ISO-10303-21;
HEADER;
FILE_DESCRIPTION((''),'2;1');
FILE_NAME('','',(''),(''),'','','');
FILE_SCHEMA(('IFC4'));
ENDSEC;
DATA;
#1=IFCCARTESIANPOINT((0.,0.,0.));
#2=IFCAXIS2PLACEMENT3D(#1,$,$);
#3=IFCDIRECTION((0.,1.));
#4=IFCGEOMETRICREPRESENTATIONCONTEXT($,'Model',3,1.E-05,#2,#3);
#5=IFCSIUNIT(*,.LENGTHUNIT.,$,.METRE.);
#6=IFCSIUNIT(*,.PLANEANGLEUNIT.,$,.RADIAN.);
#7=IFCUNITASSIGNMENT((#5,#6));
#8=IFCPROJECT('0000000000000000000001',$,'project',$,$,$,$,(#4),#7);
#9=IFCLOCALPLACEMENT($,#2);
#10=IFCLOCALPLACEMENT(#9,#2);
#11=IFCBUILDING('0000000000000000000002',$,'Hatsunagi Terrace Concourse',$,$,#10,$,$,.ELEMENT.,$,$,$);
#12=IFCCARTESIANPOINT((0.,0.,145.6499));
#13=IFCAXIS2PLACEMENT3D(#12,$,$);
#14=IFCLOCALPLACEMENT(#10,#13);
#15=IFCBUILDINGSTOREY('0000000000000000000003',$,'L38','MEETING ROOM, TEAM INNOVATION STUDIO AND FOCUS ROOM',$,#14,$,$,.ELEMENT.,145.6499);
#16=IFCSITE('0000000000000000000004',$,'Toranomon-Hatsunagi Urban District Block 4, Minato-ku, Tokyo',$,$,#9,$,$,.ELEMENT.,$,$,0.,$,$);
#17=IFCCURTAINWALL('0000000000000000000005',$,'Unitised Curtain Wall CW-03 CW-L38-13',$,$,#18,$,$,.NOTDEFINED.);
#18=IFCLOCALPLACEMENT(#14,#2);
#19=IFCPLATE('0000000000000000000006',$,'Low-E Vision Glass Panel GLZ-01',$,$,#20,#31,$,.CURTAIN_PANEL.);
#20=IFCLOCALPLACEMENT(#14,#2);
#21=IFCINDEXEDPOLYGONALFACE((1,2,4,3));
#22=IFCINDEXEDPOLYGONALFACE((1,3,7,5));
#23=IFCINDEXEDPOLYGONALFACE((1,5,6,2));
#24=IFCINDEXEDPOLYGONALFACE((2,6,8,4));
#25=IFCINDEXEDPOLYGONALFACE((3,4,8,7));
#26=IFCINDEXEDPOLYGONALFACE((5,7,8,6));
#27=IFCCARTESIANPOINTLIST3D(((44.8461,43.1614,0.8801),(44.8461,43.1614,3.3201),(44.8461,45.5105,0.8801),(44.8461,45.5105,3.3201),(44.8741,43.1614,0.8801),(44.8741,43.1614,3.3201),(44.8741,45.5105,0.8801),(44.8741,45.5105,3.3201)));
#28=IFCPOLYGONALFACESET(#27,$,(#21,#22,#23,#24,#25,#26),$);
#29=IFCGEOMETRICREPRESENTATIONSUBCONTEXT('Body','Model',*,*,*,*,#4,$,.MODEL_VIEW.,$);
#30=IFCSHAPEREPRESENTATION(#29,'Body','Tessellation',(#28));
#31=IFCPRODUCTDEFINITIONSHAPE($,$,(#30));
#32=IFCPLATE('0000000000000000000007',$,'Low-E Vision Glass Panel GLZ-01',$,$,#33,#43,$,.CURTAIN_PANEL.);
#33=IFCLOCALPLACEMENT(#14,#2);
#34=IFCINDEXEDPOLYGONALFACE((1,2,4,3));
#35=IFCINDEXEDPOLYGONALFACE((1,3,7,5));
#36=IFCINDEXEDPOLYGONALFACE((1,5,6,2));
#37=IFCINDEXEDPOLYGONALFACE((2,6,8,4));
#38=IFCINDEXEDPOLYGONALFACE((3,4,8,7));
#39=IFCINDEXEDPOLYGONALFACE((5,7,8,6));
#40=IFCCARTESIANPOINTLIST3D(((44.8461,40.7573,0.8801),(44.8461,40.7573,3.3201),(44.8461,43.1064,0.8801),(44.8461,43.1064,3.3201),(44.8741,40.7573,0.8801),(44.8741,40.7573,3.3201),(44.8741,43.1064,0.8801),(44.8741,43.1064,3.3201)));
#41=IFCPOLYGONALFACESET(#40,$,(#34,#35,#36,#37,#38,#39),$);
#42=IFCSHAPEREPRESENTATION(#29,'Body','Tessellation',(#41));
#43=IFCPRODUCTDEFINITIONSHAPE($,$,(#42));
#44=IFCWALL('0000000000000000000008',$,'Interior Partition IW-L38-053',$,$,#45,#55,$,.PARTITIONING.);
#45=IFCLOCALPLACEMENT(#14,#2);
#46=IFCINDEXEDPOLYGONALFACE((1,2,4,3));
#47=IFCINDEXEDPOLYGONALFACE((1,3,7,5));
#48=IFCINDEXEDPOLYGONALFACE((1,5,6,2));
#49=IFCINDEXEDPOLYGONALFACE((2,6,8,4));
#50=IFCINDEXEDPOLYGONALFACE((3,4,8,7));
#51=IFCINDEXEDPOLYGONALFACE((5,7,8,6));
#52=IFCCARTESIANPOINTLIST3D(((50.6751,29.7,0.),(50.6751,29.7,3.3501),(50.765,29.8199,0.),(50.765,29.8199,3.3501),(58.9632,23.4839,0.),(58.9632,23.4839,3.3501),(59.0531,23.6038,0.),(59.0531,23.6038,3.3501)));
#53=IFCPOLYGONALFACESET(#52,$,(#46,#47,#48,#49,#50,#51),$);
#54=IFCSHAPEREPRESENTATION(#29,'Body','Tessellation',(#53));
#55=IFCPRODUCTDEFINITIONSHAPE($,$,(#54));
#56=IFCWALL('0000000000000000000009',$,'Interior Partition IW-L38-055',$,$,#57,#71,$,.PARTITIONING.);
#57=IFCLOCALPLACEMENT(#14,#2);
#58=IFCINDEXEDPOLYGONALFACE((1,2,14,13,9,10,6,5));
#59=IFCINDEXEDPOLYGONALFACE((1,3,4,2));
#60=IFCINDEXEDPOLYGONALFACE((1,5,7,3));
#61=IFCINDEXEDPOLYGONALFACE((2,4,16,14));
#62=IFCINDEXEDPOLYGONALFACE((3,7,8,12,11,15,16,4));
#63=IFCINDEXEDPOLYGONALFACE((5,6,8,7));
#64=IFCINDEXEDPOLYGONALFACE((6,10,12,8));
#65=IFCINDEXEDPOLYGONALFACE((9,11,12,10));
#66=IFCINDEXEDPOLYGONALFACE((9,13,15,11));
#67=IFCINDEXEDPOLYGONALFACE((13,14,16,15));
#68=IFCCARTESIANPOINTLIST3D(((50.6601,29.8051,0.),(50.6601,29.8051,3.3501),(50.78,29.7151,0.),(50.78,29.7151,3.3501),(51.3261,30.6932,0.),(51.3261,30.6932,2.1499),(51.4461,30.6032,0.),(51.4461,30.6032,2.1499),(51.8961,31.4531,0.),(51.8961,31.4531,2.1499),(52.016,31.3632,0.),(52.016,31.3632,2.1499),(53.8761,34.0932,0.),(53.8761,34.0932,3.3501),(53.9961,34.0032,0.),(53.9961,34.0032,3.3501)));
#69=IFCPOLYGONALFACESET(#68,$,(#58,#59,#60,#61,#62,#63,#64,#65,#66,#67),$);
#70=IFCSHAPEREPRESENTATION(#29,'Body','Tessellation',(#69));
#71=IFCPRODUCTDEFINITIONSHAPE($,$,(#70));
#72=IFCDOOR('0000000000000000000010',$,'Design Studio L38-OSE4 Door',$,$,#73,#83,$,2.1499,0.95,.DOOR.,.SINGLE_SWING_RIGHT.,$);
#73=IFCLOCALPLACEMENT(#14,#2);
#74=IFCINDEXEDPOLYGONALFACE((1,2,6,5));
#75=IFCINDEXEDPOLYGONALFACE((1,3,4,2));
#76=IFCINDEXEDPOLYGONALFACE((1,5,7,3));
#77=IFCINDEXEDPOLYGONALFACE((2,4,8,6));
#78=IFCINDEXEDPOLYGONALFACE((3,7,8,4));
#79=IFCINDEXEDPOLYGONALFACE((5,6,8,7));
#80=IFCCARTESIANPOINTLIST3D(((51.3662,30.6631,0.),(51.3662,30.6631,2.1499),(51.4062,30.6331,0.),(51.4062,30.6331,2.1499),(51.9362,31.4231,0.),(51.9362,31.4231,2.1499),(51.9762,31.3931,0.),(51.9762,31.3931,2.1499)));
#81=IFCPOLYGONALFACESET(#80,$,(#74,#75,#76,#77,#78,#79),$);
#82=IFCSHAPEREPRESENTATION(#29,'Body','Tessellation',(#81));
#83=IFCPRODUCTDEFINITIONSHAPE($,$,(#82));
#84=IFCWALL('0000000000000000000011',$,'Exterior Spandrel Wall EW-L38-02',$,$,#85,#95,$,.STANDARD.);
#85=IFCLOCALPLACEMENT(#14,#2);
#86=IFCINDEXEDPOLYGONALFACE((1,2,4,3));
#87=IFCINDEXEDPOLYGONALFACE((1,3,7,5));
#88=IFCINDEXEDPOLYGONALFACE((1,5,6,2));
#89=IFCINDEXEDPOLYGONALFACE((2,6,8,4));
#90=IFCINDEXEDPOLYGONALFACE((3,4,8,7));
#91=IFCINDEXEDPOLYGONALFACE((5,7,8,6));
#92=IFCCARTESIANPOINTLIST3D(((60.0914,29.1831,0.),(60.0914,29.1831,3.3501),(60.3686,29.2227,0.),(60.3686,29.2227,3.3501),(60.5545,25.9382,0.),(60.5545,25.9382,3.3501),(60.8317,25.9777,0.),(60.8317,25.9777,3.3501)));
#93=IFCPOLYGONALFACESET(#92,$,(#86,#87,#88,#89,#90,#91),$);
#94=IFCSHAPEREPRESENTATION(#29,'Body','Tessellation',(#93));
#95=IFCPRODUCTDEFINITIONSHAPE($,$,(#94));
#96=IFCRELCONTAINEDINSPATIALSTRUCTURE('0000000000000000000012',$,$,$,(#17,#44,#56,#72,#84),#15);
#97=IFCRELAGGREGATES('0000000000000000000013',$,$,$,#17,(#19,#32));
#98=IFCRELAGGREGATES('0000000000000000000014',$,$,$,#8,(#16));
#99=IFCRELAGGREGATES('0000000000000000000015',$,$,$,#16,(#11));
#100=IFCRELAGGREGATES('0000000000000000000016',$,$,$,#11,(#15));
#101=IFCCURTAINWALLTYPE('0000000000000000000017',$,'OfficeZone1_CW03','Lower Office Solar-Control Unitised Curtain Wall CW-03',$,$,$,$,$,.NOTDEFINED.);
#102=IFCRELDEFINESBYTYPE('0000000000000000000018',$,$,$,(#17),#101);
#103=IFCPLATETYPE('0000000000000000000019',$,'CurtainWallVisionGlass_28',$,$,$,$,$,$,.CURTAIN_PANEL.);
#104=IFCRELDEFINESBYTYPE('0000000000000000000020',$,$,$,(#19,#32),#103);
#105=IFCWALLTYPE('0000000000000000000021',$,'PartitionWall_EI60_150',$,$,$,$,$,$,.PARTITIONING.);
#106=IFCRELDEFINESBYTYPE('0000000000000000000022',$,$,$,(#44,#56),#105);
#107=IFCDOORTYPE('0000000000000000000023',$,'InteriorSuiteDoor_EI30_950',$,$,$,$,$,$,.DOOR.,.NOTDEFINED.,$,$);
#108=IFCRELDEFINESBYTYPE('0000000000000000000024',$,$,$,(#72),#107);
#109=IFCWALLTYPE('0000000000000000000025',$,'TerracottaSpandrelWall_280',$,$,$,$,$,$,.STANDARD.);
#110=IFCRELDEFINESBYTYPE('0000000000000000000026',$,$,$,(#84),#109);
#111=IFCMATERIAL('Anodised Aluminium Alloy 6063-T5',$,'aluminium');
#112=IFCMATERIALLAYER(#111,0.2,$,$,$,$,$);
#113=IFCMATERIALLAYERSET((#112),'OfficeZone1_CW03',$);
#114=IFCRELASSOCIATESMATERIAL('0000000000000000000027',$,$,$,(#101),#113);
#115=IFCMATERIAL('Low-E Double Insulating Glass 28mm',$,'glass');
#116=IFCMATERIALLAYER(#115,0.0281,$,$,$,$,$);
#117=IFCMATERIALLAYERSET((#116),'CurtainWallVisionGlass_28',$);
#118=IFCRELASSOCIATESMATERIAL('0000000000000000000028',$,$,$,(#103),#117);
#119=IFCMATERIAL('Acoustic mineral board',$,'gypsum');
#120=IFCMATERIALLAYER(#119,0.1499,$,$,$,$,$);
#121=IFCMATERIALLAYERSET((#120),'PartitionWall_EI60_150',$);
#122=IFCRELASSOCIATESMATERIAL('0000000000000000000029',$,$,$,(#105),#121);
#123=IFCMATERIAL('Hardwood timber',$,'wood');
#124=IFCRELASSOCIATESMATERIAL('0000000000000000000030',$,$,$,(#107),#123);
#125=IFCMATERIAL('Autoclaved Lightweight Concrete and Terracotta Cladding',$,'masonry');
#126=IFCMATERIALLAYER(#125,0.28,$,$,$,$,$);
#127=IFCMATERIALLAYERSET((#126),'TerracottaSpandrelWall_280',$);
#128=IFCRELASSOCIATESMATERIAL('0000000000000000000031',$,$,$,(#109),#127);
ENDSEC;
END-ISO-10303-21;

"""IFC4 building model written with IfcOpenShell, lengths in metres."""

from ifc_helpers import new_model, si_unit, direction, frame, frame_2d, origin, origin_2d, place, context, subcontext, project, spatial, rectangle, extrude, material, layer, layer_set, type_object, element, fill, aggregate, save


model = new_model("IFC4")

# Units and contexts
model_context = context("Model", 3, precision=1e-05, world=origin(), true_north=direction((0.0, 1.0)))
body_context = subcontext(model_context, "Body", "Model", "MODEL_VIEW")
ifc_project = project(units=[si_unit("LENGTHUNIT", "METRE"), si_unit("PLANEANGLEUNIT", "RADIAN")], contexts=[model_context])

# Site, building, storey
site_placement = place(None, origin())
site = spatial("IfcSite", under=ifc_project, at=site_placement, Name="Toranomon-Hatsunagi Urban District Block 4, Minato-ku, Tokyo", CompositionType="ELEMENT", RefElevation=0.0)
building_placement = place(site_placement, origin())
building = spatial("IfcBuilding", under=site, at=building_placement, Name="Hatsunagi Terrace Concourse", CompositionType="ELEMENT")
storey_placement = place(building_placement, frame((0.0, 0.0, 145.6499)))
storey = spatial("IfcBuildingStorey", under=building, at=storey_placement, Name="L38", Description="MEETING ROOM, TEAM INNOVATION STUDIO AND FOCUS ROOM", CompositionType="ELEMENT", Elevation=145.6499)

# Curtain wall
ifc_material_1 = material(Name="Anodised Aluminium Alloy 6063-T5", Category="aluminium")
ifc_layer_1 = layer(ifc_material_1, 0.2)
ifc_layer_set_1 = layer_set([ifc_layer_1], Name="OfficeZone1_CW03")
curtain_wall_type = type_object("IfcCurtainWallType", Name="OfficeZone1_CW03", Description="Lower Office Solar-Control Unitised Curtain Wall CW-03", PredefinedType="NOTDEFINED", material=ifc_layer_set_1)
curtain_wall_placement = place(storey_placement, origin())
curtain_wall = element("IfcCurtainWall", 1, at=curtain_wall_placement, inside=storey, type_object=curtain_wall_type, Name="Unitised Curtain Wall CW-03 CW-L38-13", PredefinedType="NOTDEFINED")

# Plates
ifc_material_2 = material(Name="Low-E Double Insulating Glass 28mm", Category="glass")
ifc_layer_2 = layer(ifc_material_2, 0.0281)
ifc_layer_set_2 = layer_set([ifc_layer_2], Name="CurtainWallVisionGlass_28")
plate_type_1 = type_object("IfcPlateType", Name="CurtainWallVisionGlass_28", PredefinedType="CURTAIN_PANEL", material=ifc_layer_set_2)
plate_1_placement = place(storey_placement, frame((44.8601, 44.3359, 0.8801), z_axis=(0.0, 0.0, 1.0), x_axis=(0.0, -1.0, 0.0)))
plate_1 = element("IfcPlate", 2, at=plate_1_placement, type_object=plate_type_1, Name="Low-E Vision Glass Panel GLZ-01", PredefinedType="CURTAIN_PANEL", context=body_context, shape_type="SweptSolid", body=[
    extrude(rectangle(XDim=2.3491, YDim=0.0281, at=origin_2d()), origin(), (0.0, 0.0, 1.0), 2.4399),
])
plate_2_placement = place(storey_placement, frame((44.8601, 41.9319, 0.8801), z_axis=(0.0, 0.0, 1.0), x_axis=(0.0, -1.0, 0.0)))
plate_2 = element("IfcPlate", 3, at=plate_2_placement, type_object=plate_type_1, Name="Low-E Vision Glass Panel GLZ-01", PredefinedType="CURTAIN_PANEL", context=body_context, shape_type="SweptSolid", body=[
    extrude(rectangle(XDim=2.3491, YDim=0.0281, at=origin_2d()), origin(), (0.0, 0.0, 1.0), 2.4399),
])
aggregate(curtain_wall, [plate_1, plate_2])

# Wall
ifc_material_3 = material(Name="Acoustic mineral board", Category="gypsum")
ifc_layer_3 = layer(ifc_material_3, 0.1499)
ifc_layer_set_3 = layer_set([ifc_layer_3], Name="PartitionWall_EI60_150")
wall_type_1 = type_object("IfcWallType", Name="PartitionWall_EI60_150", PredefinedType="PARTITIONING", material=ifc_layer_set_3)
wall_1_placement = place(storey_placement, frame((50.72, 29.76, 0.0), z_axis=(0.0, 0.0, 1.0), x_axis=(0.8, -0.6, 0.0)))
element("IfcWall", 4, at=wall_1_placement, inside=storey, type_object=wall_type_1, Name="Interior Partition IW-L38-053", PredefinedType="PARTITIONING", context=body_context, shape_type="SweptSolid", body=[
    extrude(rectangle(XDim=10.3601, YDim=0.1499, at=frame_2d((5.1802, 0.0))), origin(), (0.0, 0.0, 1.0), 3.3501),
])

# Wall, opening, door
wall_2_placement = place(storey_placement, frame((50.72, 29.76, 0.0), z_axis=(0.0, 0.0, 1.0), x_axis=(0.6, 0.8, 0.0)))
wall_2 = element("IfcWall", 5, at=wall_2_placement, inside=storey, type_object=wall_type_1, Name="Interior Partition IW-L38-055", PredefinedType="PARTITIONING", context=body_context, shape_type="SweptSolid", body=[
    extrude(rectangle(XDim=5.3601, YDim=0.1499, at=frame_2d((2.6802, 0.0))), origin(), (0.0, 0.0, 1.0), 3.3501),
])
opening_placement = place(wall_2_placement, frame((1.1101, 0.0, 0.0)))
opening = element("IfcOpeningElement", 6, at=opening_placement, cuts=wall_2, PredefinedType="OPENING", context=body_context, shape_type="SweptSolid", body=[
    extrude(rectangle(XDim=0.95, YDim=2.1499, at=frame_2d((0.4751, 1.075))), frame((0.0, 0.085, 0.0), z_axis=(0.0, -1.0, 0.0), x_axis=(1.0, 0.0, 0.0)), (0.0, 0.0, 1.0), 0.1699),
])
ifc_material_4 = material(Name="Hardwood timber", Category="wood")
door_type = type_object("IfcDoorType", Name="InteriorSuiteDoor_EI30_950", OperationType="NOTDEFINED", PredefinedType="DOOR", material=ifc_material_4)
door_placement = place(opening_placement, origin())
door = element("IfcDoor", 7, at=door_placement, inside=storey, type_object=door_type, Name="Design Studio L38-OSE4 Door", OperationType="SINGLE_SWING_RIGHT", OverallHeight=2.1499, OverallWidth=0.95, PredefinedType="DOOR", context=body_context, shape_type="SweptSolid", body=[
    extrude(rectangle(XDim=0.95, YDim=2.1499, at=frame_2d((0.4751, 1.075))), frame((0.0, 0.0249, 0.0), z_axis=(0.0, -1.0, 0.0), x_axis=(1.0, 0.0, 0.0)), (0.0, 0.0, 1.0), 0.05),
])
fill(opening, door)

# Wall
ifc_material_5 = material(Name="Autoclaved Lightweight Concrete and Terracotta Cladding", Category="masonry")
ifc_layer_4 = layer(ifc_material_5, 0.28)
ifc_layer_set_4 = layer_set([ifc_layer_4], Name="TerracottaSpandrelWall_280")
wall_type_2 = type_object("IfcWallType", Name="TerracottaSpandrelWall_280", PredefinedType="STANDARD", material=ifc_layer_set_4)
wall_3_placement = place(storey_placement, frame((60.23, 29.2029, 0.0), z_axis=(0.0, 0.0, 1.0), x_axis=(0.141296, -0.989967, 0.0)))
element("IfcWall", 8, at=wall_3_placement, inside=storey, type_object=wall_type_2, Name="Exterior Spandrel Wall EW-L38-02", PredefinedType="STANDARD", context=body_context, shape_type="SweptSolid", body=[
    extrude(rectangle(XDim=3.2778, YDim=0.28, at=frame_2d((1.6389, 0.0))), origin(), (0.0, 0.0, 1.0), 3.3501),
])

save(model, "model.ifc")
